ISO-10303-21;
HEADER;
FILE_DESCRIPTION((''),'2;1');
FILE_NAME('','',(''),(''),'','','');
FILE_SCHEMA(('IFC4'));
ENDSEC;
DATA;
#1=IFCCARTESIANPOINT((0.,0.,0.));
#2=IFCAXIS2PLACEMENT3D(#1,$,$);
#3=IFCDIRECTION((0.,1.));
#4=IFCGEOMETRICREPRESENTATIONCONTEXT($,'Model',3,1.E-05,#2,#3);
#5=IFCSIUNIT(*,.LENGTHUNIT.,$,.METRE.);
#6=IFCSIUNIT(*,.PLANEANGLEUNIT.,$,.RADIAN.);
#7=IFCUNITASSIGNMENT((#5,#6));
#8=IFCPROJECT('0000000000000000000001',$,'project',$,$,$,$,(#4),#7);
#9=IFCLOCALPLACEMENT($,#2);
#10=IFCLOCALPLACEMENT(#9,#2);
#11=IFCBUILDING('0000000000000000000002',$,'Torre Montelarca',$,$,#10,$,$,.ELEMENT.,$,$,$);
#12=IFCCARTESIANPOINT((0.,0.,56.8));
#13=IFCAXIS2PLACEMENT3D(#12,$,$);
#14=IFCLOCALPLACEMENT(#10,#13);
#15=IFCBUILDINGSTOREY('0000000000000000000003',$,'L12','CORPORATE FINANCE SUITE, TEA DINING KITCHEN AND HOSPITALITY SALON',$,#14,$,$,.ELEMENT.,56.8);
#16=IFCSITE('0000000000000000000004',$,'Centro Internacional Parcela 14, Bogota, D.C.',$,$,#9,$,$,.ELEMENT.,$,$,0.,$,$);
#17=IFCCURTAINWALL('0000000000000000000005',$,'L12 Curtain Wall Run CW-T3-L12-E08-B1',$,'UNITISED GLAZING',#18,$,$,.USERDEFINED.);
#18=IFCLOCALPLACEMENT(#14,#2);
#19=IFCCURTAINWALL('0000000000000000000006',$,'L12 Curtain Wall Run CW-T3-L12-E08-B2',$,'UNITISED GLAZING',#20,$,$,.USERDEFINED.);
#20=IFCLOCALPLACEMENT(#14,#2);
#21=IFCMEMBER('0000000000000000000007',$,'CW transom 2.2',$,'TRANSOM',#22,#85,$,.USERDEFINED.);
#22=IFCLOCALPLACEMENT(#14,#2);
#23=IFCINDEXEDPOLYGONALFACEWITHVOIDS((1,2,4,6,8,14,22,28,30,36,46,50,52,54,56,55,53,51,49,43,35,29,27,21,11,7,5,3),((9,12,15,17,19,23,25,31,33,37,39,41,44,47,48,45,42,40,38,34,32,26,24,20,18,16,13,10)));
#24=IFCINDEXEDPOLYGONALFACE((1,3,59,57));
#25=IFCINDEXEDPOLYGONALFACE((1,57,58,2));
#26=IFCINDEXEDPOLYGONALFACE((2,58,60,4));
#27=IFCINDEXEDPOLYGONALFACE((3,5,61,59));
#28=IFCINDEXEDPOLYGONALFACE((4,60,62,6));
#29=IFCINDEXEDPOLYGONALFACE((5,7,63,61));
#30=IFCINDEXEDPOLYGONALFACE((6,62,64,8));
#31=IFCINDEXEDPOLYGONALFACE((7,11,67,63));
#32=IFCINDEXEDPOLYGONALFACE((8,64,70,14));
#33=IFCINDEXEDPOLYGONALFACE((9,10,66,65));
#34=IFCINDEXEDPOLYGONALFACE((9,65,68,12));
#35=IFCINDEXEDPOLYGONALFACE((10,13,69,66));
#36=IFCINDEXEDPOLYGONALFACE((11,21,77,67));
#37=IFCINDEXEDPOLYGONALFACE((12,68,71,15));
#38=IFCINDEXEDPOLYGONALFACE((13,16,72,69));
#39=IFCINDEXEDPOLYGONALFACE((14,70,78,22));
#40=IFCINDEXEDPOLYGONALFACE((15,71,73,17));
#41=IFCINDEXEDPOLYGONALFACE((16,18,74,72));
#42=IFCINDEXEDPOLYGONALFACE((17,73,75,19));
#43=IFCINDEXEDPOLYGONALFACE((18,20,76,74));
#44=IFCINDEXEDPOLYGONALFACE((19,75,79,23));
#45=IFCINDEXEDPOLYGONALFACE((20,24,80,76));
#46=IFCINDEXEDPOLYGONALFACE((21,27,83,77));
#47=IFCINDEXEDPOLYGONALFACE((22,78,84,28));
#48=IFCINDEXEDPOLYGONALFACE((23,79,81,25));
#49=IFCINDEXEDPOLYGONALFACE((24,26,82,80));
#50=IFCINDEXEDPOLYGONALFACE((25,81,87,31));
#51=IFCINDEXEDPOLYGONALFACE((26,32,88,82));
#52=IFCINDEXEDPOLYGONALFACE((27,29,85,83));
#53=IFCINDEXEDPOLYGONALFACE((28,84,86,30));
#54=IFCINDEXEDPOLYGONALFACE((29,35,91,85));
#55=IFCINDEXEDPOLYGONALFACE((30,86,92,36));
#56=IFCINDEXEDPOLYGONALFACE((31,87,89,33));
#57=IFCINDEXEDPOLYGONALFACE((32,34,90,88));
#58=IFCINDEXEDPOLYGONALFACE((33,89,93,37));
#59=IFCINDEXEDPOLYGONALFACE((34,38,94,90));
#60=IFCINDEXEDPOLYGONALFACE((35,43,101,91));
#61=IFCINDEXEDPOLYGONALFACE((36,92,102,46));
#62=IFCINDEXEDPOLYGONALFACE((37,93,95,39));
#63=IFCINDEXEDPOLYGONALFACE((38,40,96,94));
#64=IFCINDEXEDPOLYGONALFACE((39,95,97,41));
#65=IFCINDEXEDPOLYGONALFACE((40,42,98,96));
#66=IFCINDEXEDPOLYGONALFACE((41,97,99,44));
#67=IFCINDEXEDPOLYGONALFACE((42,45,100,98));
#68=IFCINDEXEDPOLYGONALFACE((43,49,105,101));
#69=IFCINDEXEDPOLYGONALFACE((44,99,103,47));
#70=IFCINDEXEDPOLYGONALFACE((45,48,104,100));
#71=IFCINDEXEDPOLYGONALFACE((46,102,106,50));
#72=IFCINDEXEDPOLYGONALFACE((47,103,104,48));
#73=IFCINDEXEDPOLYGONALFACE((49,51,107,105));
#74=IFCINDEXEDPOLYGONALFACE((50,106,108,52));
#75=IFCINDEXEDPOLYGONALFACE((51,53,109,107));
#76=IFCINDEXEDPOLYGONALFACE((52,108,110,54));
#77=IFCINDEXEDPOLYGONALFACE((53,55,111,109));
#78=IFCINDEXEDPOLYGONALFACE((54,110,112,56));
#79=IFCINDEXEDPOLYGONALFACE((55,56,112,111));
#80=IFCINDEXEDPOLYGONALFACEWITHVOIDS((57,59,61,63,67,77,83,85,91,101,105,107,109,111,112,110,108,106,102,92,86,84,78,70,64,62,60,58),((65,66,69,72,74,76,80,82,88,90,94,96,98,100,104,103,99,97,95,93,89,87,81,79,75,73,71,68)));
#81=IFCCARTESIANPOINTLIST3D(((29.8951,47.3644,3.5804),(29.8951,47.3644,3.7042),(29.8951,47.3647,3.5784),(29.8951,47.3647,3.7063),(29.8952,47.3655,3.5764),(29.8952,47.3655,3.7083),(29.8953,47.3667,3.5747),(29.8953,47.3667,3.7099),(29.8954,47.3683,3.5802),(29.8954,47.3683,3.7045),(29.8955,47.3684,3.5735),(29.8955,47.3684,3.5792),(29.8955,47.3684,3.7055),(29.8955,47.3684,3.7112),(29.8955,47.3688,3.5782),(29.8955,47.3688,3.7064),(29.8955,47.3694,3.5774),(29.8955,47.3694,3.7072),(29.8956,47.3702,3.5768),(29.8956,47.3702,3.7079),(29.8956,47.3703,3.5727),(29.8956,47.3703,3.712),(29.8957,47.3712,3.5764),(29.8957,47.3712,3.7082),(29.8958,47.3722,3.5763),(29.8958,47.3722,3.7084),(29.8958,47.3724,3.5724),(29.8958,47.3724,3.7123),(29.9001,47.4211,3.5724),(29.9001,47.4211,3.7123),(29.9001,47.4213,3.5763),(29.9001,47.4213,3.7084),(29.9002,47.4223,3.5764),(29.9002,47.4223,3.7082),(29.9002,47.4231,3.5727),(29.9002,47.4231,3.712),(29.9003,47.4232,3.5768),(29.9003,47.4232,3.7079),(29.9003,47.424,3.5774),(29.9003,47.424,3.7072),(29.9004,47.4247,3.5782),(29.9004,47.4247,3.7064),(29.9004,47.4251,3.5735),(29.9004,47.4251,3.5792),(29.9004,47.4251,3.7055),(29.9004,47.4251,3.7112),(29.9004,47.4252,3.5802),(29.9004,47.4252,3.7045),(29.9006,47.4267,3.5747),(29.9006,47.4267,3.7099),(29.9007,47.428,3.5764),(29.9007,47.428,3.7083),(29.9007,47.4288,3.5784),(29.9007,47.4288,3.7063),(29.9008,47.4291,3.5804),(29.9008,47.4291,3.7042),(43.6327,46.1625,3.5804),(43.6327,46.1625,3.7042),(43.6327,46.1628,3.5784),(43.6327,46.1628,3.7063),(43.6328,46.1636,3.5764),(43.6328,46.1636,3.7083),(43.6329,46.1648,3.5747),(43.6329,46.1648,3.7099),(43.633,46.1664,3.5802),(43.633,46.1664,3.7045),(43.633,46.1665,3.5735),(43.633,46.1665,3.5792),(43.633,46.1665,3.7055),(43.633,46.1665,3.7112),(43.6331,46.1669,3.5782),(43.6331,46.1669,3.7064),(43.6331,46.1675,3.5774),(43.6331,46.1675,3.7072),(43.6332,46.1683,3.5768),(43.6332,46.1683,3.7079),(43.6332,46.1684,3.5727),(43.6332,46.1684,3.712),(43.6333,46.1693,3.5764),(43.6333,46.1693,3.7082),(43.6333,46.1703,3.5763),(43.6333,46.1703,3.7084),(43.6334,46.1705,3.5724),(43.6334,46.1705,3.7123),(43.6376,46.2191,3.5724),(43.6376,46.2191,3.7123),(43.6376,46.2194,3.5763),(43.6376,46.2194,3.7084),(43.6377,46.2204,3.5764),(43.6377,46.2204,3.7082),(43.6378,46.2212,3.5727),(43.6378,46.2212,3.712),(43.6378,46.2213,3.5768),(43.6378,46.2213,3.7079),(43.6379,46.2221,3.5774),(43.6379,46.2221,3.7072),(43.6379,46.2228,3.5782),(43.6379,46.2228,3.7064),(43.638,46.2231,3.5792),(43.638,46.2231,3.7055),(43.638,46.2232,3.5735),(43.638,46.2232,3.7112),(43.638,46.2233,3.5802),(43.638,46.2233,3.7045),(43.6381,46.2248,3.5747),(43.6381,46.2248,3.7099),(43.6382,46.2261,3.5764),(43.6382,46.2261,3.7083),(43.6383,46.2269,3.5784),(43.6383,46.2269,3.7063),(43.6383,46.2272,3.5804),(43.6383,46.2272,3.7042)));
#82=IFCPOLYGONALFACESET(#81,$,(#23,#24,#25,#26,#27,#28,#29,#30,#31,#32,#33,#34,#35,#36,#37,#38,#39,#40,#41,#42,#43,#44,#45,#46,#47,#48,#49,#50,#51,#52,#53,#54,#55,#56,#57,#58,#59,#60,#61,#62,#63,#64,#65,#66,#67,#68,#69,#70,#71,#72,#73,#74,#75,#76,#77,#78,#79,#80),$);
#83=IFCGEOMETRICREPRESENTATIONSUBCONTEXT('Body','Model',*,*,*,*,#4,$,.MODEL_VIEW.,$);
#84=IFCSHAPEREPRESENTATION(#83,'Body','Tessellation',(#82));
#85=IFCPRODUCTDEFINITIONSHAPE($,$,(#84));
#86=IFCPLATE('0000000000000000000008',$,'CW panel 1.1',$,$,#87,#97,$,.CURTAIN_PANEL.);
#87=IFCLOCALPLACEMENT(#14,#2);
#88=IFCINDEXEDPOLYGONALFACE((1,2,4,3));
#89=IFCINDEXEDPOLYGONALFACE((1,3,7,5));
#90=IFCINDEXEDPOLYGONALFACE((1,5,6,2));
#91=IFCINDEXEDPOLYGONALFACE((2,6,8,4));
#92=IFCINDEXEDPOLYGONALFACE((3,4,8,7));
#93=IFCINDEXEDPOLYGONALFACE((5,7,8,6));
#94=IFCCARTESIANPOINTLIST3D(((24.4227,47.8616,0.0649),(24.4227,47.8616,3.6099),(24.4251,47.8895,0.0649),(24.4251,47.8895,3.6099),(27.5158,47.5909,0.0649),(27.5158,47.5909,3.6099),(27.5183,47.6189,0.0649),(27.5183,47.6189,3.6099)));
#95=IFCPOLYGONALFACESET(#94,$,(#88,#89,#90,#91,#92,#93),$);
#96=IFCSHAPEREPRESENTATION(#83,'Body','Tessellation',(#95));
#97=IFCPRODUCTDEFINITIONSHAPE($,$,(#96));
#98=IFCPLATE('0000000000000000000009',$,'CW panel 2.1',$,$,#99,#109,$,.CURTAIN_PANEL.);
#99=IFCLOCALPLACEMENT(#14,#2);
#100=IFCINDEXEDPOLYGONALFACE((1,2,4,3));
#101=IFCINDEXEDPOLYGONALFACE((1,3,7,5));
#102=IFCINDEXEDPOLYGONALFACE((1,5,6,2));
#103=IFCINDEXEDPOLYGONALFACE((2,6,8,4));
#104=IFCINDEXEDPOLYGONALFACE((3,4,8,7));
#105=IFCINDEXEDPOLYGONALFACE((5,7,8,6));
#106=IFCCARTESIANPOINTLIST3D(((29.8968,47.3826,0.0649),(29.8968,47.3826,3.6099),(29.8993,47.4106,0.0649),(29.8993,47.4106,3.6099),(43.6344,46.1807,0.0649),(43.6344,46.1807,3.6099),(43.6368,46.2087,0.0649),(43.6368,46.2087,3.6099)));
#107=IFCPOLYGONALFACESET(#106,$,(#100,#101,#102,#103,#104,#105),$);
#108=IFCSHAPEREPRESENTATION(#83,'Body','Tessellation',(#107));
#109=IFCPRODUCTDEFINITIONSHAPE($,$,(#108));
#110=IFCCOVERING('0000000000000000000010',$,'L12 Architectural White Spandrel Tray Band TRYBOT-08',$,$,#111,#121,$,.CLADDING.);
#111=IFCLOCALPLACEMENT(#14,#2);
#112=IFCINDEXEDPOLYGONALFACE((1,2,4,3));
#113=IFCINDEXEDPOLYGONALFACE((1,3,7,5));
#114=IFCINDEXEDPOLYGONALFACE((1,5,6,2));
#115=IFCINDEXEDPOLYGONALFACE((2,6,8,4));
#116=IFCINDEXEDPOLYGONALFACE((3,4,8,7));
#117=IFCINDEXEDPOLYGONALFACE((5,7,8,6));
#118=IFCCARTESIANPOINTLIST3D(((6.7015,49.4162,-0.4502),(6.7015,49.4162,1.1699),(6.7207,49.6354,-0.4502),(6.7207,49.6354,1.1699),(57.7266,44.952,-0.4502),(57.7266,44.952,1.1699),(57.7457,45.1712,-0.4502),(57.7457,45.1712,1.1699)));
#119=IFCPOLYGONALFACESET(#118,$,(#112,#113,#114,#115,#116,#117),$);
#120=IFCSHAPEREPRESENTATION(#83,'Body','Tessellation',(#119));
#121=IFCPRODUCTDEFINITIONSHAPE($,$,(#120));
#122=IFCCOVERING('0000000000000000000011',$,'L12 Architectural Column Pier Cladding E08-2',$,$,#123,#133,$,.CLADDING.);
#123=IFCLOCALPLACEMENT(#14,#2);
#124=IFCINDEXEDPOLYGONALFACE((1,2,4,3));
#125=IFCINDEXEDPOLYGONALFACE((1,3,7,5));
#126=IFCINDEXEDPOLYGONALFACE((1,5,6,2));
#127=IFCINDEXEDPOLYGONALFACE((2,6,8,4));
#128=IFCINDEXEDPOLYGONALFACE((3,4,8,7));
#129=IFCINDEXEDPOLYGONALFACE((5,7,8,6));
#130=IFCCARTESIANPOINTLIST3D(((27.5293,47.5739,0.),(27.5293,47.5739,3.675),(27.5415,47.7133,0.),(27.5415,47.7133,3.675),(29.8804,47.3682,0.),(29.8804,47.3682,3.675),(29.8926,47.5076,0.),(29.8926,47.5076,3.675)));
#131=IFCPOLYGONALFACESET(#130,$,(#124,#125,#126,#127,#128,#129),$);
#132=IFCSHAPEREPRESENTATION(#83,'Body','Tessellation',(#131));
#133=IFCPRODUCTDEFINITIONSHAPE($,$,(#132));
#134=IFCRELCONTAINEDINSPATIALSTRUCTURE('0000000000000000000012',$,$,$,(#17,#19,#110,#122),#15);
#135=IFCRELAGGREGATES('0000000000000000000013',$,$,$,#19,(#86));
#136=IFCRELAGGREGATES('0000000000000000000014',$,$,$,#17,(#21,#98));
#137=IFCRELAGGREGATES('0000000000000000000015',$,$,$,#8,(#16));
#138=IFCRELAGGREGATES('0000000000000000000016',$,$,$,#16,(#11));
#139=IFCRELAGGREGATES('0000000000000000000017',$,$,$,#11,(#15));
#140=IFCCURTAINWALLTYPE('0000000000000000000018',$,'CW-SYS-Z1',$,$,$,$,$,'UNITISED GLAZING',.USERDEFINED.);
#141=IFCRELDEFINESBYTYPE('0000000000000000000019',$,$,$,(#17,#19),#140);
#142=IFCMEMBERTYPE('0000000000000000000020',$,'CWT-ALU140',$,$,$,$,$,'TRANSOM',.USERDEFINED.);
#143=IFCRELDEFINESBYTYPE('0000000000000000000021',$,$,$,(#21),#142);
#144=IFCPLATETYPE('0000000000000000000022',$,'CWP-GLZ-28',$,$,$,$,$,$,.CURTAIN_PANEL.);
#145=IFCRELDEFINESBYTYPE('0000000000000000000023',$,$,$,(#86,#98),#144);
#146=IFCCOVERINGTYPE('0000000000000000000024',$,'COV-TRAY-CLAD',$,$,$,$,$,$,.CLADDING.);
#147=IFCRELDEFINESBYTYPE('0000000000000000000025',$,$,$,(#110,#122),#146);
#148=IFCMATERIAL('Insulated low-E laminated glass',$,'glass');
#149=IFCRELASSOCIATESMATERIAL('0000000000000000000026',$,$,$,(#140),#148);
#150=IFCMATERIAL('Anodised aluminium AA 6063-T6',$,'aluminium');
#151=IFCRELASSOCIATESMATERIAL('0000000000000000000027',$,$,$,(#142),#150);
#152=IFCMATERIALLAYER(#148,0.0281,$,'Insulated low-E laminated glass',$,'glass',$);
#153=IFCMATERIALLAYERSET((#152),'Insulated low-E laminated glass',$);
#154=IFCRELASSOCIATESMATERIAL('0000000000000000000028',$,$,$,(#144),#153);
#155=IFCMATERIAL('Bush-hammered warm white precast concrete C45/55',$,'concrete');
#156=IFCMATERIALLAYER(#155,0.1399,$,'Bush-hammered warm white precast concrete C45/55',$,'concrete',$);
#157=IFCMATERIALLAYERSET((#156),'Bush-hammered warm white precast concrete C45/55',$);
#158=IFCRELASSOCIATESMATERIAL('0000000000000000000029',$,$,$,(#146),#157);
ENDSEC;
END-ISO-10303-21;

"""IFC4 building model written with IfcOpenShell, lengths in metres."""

from ifc_helpers import new_model, si_unit, direction, frame, origin, origin_2d, place, context, subcontext, project, spatial, rectangle, hollow_rectangle, extrude, source, transform, mapped, material, layer, layer_set, material_profile, profile_set, type_object, element, aggregate, save


model = new_model("IFC4")

# Units and contexts
model_context = context("Model", 3, precision=1e-05, world=origin(), true_north=direction((0.0, 1.0)))
body_context = subcontext(model_context, "Body", "Model", "MODEL_VIEW")
ifc_project = project(units=[si_unit("LENGTHUNIT", "METRE"), si_unit("PLANEANGLEUNIT", "RADIAN")], contexts=[model_context])

# Site, building, storey
site_placement = place(None, origin())
site = spatial("IfcSite", under=ifc_project, at=site_placement, Name="Centro Internacional Parcela 14, Bogota, D.C.", CompositionType="ELEMENT", RefElevation=0.0)
building_placement = place(site_placement, origin())
building = spatial("IfcBuilding", under=site, at=building_placement, Name="Torre Montelarca", CompositionType="ELEMENT")
storey_placement = place(building_placement, frame((0.0, 0.0, 56.8)))
storey = spatial("IfcBuildingStorey", under=building, at=storey_placement, Name="L12", Description="CORPORATE FINANCE SUITE, TEA DINING KITCHEN AND HOSPITALITY SALON", CompositionType="ELEMENT", Elevation=56.8)

# Curtain walls
ifc_material_1 = material(Name="Insulated low-E laminated glass", Category="glass")
curtain_wall_type = type_object("IfcCurtainWallType", Name="CW-SYS-Z1", ElementType="UNITISED GLAZING", PredefinedType="USERDEFINED", material=ifc_material_1)
curtain_wall_1_placement = place(storey_placement, origin())
curtain_wall_1 = element("IfcCurtainWall", 1, at=curtain_wall_1_placement, inside=storey, type_object=curtain_wall_type, Name="L12 Curtain Wall Run CW-T3-L12-E08-B1", ObjectType="UNITISED GLAZING", PredefinedType="USERDEFINED")
ifc_material_2 = material(Name="Anodised aluminium AA 6063-T6", Category="aluminium")
curtain_wall_2_placement = place(storey_placement, origin())
curtain_wall_2 = element("IfcCurtainWall", 2, at=curtain_wall_2_placement, inside=storey, type_object=curtain_wall_type, Name="L12 Curtain Wall Run CW-T3-L12-E08-B2", ObjectType="UNITISED GLAZING", PredefinedType="USERDEFINED")
ifc_material_profile_1 = material_profile(ifc_material_2, hollow_rectangle(XDim=0.0649, YDim=0.1399, WallThickness=0.0039, InnerFilletRadius=0.0039, OuterFilletRadius=0.0081, at=origin_2d()), Name="ALU65X140X4", Category="aluminium")
ifc_profile_set_1 = profile_set([ifc_material_profile_1], Name="Anodised aluminium AA 6063-T6")
member_type_1 = type_object("IfcMemberType", Name="CWT-ALU140", ElementType="TRANSOM", PredefinedType="USERDEFINED", material=ifc_profile_set_1)

# Member
shared_shape_1 = source(origin(), body_context, "Body", "SweptSolid", [
    extrude(hollow_rectangle(XDim=0.0649, YDim=0.1399, WallThickness=0.0039, InnerFilletRadius=0.0039, OuterFilletRadius=0.0081, at=origin_2d()), origin(), (0.0, 0.0, 1.0), 13.79),
])
member_1_placement = place(storey_placement, frame((43.6355, 46.1948, 3.6423), z_axis=(-0.996195, 0.087158, 0.0), x_axis=(-0.087158, -0.996195, 0.0)))
member_1 = element("IfcMember", 3, at=member_1_placement, type_object=member_type_1, Name="CW transom 2.2", ObjectType="TRANSOM", PredefinedType="USERDEFINED", context=body_context, shape_type="MappedRepresentation", body=[
    mapped(shared_shape_1, transform((0.0, 0.0, 0.0), scale=1.0)),
])

# Plates
ifc_layer_1 = layer(ifc_material_1, 0.0281, Name="Insulated low-E laminated glass", Category="glass")
ifc_layer_set_1 = layer_set([ifc_layer_1], Name="Insulated low-E laminated glass")
plate_type = type_object("IfcPlateType", Name="CWP-GLZ-28", PredefinedType="CURTAIN_PANEL", material=ifc_layer_set_1)
shared_shape_2 = source(origin(), body_context, "Body", "SweptSolid", [
    extrude(rectangle(XDim=3.105, YDim=0.0281, at=origin_2d()), origin(), (0.0, 0.0, 1.0), 3.5449),
])
plate_1_placement = place(storey_placement, frame((25.9705, 47.7402, 0.0649), z_axis=(0.0, 0.0, 1.0), x_axis=(-0.996194, 0.087165, 0.0)))
plate_1 = element("IfcPlate", 4, at=plate_1_placement, type_object=plate_type, Name="CW panel 1.1", PredefinedType="CURTAIN_PANEL", context=body_context, shape_type="MappedRepresentation", body=[
    mapped(shared_shape_2, transform((0.0, 0.0, 0.0), scale=1.0)),
])
aggregate(curtain_wall_2, [plate_1])
shared_shape_3 = source(origin(), body_context, "Body", "SweptSolid", [
    extrude(rectangle(XDim=13.79, YDim=0.0281, at=origin_2d()), origin(), (0.0, 0.0, 1.0), 3.5449),
])
plate_2_placement = place(storey_placement, frame((36.7668, 46.7957, 0.0649), z_axis=(0.0, 0.0, 1.0), x_axis=(-0.996195, 0.087158, 0.0)))
plate_2 = element("IfcPlate", 5, at=plate_2_placement, type_object=plate_type, Name="CW panel 2.1", PredefinedType="CURTAIN_PANEL", context=body_context, shape_type="MappedRepresentation", body=[
    mapped(shared_shape_3, transform((0.0, 0.0, 0.0), scale=1.0)),
])
aggregate(curtain_wall_1, [member_1, plate_2])

# Coverings
ifc_material_3 = material(Name="Bush-hammered warm white precast concrete C45/55", Category="concrete")
ifc_layer_2 = layer(ifc_material_3, 0.1399, Name="Bush-hammered warm white precast concrete C45/55", Category="concrete")
ifc_layer_set_2 = layer_set([ifc_layer_2], Name="Bush-hammered warm white precast concrete C45/55")
covering_type = type_object("IfcCoveringType", Name="COV-TRAY-CLAD", PredefinedType="CLADDING", material=ifc_layer_set_2)
shared_shape_4 = source(origin(), body_context, "Body", "SweptSolid", [
    extrude(rectangle(XDim=51.22, YDim=0.22, at=origin_2d()), origin(), (0.0, 0.0, 1.0), 1.6201),
])
covering_1_placement = place(storey_placement, frame((32.2236, 47.2937, -0.4502), z_axis=(0.0, 0.0, 1.0), x_axis=(-0.996195, 0.087157, 0.0)))
element("IfcCovering", 6, at=covering_1_placement, inside=storey, type_object=covering_type, Name="L12 Architectural White Spandrel Tray Band TRYBOT-08", PredefinedType="CLADDING", context=body_context, shape_type="MappedRepresentation", body=[
    mapped(shared_shape_4, transform((0.0, 0.0, 0.0), scale=1.0)),
])
shared_shape_5 = source(origin(), body_context, "Body", "SweptSolid", [
    extrude(rectangle(XDim=2.3601, YDim=0.1399, at=origin_2d()), origin(), (0.0, 0.0, 1.0), 3.675),
])
covering_2_placement = place(storey_placement, frame((28.7109, 47.5408, 0.0), z_axis=(0.0, 0.0, 1.0), x_axis=(-0.996195, 0.087157, 0.0)))
element("IfcCovering", 7, at=covering_2_placement, inside=storey, type_object=covering_type, Name="L12 Architectural Column Pier Cladding E08-2", PredefinedType="CLADDING", context=body_context, shape_type="MappedRepresentation", body=[
    mapped(shared_shape_5, transform((0.0, 0.0, 0.0), scale=1.0)),
])

save(model, "model.ifc")
